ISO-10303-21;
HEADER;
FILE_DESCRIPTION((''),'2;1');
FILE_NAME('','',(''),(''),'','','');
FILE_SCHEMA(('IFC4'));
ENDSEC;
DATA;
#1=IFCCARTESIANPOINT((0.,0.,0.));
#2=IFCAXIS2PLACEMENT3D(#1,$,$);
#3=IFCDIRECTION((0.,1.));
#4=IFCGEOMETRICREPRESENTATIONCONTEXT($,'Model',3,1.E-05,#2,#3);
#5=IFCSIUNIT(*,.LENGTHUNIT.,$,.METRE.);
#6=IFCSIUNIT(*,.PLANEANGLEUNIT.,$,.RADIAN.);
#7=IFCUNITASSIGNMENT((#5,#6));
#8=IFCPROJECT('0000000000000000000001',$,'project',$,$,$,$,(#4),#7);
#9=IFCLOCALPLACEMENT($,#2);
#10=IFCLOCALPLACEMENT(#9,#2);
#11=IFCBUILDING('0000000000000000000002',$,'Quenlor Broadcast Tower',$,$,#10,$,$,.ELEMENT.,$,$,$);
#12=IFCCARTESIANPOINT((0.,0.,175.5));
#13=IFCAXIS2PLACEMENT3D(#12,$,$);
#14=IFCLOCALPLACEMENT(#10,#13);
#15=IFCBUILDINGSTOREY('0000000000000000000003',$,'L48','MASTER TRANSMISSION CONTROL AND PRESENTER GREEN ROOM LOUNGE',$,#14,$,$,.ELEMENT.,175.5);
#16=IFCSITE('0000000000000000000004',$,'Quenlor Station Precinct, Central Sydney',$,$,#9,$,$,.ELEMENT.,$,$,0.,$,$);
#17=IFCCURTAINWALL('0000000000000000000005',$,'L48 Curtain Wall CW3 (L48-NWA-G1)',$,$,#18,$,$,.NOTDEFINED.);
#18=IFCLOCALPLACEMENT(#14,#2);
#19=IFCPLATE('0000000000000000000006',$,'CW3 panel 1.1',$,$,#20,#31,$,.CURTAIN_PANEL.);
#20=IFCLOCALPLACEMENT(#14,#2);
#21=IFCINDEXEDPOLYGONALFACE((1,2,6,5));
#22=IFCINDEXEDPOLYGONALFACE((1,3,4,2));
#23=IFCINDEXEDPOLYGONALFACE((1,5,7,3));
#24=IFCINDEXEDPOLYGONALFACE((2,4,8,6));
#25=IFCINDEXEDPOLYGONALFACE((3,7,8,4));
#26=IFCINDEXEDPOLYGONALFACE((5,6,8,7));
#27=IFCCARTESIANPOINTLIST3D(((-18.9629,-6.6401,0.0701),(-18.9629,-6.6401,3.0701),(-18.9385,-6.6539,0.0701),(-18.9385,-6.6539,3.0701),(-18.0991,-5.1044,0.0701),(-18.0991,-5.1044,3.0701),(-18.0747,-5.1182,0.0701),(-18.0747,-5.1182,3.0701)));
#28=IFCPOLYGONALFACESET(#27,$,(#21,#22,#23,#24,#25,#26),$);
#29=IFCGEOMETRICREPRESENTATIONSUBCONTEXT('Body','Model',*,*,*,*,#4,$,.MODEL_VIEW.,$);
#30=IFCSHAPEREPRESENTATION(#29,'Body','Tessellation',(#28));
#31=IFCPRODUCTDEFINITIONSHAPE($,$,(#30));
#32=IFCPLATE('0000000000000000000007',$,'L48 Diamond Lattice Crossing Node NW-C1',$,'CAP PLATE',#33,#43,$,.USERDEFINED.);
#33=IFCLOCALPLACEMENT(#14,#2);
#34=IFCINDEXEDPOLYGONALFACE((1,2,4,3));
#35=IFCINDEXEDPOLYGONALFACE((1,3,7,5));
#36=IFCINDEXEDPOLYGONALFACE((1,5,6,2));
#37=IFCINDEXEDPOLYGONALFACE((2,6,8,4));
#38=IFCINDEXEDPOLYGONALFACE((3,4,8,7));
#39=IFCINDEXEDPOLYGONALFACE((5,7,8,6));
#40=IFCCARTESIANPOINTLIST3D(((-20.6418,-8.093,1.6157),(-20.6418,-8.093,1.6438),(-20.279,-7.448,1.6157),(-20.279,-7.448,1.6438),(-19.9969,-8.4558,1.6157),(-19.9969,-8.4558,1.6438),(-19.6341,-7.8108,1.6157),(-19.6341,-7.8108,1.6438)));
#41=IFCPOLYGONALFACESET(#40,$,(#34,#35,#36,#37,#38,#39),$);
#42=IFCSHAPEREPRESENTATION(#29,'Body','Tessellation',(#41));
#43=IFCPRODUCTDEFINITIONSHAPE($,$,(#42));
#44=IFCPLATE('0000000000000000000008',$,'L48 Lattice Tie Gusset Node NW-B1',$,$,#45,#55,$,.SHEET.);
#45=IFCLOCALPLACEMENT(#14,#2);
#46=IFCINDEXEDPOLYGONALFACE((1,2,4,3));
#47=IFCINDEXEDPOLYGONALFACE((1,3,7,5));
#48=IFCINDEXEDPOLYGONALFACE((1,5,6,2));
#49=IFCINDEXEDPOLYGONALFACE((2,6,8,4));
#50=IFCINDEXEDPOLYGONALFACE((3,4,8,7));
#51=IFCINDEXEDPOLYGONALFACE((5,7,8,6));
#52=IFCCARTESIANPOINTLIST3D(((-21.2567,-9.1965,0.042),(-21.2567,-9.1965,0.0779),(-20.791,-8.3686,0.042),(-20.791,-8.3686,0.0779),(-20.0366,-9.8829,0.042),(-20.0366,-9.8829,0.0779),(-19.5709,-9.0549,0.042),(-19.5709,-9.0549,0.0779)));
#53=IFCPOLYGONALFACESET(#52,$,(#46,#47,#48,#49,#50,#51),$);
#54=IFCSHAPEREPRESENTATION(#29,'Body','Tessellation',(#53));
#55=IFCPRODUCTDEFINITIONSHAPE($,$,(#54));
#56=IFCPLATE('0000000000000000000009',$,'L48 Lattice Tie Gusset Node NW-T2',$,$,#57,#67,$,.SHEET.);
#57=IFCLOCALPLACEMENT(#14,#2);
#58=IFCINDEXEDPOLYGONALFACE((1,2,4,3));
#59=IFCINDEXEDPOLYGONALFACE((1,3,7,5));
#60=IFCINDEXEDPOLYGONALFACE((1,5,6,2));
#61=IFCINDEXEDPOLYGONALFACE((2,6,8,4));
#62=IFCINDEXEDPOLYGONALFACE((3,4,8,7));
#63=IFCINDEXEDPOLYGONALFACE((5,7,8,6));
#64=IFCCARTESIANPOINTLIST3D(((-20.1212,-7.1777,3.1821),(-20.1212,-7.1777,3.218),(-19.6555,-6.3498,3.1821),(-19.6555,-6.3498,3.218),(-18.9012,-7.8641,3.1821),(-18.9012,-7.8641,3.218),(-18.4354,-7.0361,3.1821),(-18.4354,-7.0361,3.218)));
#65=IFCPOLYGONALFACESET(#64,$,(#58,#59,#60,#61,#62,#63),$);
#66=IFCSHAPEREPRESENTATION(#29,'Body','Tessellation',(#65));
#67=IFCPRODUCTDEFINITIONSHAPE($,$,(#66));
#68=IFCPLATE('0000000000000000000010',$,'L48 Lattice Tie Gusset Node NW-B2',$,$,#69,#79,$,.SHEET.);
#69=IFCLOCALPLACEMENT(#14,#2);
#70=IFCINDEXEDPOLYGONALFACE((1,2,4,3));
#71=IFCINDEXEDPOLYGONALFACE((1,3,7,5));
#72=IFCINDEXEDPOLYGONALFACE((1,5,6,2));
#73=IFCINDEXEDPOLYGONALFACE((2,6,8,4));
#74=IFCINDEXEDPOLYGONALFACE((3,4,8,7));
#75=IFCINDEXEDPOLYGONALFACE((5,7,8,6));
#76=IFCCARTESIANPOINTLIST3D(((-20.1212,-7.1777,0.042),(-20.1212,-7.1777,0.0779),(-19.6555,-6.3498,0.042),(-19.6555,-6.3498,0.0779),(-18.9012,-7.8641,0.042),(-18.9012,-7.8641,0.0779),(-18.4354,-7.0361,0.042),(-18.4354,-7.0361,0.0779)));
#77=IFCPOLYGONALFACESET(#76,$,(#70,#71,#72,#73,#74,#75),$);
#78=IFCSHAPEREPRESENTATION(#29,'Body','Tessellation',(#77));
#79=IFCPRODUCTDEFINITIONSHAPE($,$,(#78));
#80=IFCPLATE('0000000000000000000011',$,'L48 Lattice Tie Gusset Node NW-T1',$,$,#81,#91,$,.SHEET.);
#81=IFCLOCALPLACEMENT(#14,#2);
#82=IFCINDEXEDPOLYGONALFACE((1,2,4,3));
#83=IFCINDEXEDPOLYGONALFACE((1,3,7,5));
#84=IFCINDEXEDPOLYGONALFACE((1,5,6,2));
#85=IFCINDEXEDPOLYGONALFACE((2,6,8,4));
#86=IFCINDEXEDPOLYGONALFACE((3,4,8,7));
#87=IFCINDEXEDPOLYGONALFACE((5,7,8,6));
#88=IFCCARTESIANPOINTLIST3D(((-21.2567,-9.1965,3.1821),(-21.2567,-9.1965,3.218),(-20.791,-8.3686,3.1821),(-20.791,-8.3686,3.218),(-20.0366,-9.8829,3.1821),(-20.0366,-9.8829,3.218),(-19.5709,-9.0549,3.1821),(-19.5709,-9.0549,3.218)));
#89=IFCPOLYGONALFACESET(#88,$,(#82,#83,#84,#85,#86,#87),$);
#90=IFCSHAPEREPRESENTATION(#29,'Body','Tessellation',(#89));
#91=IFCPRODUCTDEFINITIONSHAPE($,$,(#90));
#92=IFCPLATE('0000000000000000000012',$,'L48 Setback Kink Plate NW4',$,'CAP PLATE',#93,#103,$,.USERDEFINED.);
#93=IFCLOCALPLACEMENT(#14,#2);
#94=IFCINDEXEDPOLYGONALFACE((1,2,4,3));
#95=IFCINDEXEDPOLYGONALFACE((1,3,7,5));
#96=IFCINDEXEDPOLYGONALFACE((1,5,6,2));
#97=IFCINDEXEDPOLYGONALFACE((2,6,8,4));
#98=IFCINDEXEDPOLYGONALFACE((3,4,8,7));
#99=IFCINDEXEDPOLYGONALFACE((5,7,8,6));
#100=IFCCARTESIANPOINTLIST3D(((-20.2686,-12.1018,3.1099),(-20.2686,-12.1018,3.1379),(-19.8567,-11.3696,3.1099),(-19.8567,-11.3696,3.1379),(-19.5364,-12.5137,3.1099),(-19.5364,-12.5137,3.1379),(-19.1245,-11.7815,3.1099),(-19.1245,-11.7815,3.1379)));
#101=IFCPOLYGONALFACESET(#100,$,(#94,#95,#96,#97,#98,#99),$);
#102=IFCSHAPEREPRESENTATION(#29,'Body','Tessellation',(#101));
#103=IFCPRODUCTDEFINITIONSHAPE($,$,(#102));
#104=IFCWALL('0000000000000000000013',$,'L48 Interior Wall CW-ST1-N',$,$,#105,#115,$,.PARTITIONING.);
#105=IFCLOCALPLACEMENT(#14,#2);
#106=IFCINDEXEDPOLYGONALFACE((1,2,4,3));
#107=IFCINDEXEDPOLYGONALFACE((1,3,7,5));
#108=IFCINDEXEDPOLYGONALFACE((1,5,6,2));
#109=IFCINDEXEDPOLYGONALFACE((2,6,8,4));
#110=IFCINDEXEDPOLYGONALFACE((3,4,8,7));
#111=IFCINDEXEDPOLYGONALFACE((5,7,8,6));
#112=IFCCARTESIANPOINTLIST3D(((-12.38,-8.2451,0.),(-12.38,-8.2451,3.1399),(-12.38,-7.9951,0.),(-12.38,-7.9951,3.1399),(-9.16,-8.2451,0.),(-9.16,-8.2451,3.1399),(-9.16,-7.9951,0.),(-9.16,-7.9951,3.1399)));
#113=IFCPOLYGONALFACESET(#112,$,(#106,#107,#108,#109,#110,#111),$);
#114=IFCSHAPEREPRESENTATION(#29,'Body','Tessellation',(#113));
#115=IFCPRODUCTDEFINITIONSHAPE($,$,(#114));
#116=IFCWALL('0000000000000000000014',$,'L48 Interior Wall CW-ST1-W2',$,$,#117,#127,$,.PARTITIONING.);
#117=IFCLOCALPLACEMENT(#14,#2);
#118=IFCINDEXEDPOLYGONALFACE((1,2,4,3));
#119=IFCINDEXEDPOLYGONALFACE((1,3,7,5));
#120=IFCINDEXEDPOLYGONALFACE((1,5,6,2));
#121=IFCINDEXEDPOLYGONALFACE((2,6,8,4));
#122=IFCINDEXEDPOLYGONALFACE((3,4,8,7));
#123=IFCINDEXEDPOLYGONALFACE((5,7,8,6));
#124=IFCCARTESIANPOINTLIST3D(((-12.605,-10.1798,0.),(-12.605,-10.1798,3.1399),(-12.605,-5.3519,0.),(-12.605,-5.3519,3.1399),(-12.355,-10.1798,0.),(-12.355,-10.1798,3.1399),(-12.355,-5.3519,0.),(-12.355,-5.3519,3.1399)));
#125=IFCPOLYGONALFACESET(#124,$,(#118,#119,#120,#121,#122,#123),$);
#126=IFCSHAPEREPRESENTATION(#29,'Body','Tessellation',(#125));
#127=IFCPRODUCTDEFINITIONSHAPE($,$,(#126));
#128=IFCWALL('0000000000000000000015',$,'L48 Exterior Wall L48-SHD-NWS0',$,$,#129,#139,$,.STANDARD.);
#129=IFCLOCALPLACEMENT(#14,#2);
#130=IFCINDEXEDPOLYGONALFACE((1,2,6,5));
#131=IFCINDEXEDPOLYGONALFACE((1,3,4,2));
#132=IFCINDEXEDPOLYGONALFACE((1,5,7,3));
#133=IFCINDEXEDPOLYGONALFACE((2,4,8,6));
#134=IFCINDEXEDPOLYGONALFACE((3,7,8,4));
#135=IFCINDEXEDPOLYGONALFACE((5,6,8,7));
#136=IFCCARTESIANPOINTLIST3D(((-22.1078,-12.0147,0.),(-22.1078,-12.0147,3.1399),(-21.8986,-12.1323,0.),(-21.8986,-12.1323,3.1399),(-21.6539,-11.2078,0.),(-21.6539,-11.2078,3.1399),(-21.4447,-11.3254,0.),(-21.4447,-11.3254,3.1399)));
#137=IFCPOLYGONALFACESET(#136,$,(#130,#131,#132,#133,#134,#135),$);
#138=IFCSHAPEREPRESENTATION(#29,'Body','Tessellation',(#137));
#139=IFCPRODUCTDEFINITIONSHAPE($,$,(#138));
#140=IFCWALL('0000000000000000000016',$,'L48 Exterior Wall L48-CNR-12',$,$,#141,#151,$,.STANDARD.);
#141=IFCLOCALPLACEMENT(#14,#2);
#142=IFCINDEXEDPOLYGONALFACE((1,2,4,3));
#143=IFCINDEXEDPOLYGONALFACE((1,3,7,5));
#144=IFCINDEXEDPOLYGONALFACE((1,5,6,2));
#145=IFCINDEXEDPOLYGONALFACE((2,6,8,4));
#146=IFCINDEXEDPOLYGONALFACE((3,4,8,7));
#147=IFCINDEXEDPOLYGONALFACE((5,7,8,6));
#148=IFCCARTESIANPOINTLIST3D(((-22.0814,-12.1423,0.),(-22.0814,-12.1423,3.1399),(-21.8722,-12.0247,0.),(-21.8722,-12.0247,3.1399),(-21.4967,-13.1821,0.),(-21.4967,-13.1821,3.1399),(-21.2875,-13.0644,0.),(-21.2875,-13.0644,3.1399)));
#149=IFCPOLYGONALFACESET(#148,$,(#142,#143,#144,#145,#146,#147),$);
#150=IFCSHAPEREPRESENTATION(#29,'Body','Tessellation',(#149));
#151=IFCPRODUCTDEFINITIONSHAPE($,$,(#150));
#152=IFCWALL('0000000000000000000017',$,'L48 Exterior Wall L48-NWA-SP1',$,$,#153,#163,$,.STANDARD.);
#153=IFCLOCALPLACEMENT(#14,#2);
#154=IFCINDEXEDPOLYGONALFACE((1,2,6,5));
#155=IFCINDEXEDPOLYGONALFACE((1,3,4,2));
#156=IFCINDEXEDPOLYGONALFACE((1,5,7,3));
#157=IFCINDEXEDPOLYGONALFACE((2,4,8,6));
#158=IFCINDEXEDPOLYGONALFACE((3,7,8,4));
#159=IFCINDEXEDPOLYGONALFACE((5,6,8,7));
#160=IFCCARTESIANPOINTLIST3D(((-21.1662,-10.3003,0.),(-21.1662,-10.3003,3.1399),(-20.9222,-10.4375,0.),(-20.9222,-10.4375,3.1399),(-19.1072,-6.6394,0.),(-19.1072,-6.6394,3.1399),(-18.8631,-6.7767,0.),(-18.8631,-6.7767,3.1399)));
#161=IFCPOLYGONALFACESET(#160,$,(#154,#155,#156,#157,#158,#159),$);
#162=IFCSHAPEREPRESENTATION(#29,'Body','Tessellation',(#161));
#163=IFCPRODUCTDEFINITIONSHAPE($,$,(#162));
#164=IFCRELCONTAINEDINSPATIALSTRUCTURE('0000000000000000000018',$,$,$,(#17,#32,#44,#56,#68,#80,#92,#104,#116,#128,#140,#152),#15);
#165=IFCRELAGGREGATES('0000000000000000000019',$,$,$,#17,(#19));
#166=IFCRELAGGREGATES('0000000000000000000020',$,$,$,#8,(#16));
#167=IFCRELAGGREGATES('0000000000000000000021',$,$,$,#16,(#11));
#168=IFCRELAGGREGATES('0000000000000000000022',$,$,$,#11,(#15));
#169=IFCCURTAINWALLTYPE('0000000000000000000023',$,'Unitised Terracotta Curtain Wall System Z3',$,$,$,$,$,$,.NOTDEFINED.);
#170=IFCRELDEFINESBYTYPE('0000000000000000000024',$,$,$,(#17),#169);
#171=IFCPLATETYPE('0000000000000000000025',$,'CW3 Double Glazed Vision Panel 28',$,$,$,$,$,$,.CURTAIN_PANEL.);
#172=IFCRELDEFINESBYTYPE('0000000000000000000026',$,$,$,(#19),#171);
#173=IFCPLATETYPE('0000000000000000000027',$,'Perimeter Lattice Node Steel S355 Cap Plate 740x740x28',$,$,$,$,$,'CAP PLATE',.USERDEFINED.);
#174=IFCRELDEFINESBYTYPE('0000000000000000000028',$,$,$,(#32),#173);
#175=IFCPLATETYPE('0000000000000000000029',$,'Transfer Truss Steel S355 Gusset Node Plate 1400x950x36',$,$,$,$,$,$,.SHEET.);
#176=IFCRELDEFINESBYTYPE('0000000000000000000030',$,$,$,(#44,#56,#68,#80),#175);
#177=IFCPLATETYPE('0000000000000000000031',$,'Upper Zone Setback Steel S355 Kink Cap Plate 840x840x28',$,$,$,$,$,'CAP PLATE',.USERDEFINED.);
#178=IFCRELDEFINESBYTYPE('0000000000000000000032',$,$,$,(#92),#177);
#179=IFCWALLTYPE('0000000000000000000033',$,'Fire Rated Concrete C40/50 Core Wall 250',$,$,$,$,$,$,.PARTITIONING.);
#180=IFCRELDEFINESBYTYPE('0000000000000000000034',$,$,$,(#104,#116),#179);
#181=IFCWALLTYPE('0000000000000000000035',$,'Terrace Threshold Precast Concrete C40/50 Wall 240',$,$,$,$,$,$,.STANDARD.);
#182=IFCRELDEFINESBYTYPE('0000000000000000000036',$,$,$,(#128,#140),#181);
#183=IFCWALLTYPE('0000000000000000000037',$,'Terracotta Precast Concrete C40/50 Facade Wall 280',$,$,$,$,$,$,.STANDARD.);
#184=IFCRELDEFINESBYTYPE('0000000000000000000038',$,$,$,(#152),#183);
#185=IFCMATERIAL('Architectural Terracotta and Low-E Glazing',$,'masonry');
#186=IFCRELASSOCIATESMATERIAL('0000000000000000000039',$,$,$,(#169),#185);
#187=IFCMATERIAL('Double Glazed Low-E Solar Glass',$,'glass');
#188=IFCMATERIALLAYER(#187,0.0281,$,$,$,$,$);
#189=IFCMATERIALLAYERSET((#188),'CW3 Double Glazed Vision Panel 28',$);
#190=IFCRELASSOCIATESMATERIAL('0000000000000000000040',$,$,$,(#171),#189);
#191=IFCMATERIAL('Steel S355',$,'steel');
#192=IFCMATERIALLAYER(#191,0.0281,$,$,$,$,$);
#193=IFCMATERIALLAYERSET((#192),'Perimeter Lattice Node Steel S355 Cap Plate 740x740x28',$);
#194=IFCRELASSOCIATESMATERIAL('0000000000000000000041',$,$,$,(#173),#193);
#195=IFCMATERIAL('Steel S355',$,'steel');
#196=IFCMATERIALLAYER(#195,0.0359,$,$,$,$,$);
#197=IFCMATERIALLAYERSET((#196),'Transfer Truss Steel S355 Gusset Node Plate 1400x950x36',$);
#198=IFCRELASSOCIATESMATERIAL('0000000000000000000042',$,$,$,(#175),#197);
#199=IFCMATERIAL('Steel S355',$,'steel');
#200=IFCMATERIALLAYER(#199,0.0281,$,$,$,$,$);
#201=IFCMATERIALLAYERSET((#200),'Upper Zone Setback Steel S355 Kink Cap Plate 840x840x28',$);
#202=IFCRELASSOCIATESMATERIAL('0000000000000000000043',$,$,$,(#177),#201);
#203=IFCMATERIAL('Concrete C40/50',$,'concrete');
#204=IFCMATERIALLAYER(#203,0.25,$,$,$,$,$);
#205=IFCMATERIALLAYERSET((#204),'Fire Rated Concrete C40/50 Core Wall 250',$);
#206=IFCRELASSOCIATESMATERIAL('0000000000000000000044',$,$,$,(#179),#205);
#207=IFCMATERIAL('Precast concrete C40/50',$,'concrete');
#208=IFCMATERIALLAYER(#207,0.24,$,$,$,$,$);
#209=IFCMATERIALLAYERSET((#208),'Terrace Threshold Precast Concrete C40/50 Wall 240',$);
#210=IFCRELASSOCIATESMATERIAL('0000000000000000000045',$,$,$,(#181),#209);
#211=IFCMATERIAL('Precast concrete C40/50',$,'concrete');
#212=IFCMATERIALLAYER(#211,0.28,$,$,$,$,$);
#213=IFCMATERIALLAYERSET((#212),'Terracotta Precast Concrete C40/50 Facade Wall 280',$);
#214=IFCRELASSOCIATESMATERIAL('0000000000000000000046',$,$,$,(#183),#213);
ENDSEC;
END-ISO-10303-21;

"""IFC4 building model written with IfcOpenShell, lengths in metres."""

from ifc_helpers import new_model, si_unit, direction, frame, frame_2d, origin, origin_2d, place, context, subcontext, project, spatial, rectangle, extrude, material, layer, layer_set, type_object, element, aggregate, save


model = new_model("IFC4")

# Units and contexts
model_context = context("Model", 3, precision=1e-05, world=origin(), true_north=direction((0.0, 1.0)))
body_context = subcontext(model_context, "Body", "Model", "MODEL_VIEW")
ifc_project = project(units=[si_unit("LENGTHUNIT", "METRE"), si_unit("PLANEANGLEUNIT", "RADIAN")], contexts=[model_context])

# Site, building, storey
site_placement = place(None, origin())
site = spatial("IfcSite", under=ifc_project, at=site_placement, Name="Quenlor Station Precinct, Central Sydney", CompositionType="ELEMENT", RefElevation=0.0)
building_placement = place(site_placement, origin())
building = spatial("IfcBuilding", under=site, at=building_placement, Name="Quenlor Broadcast Tower", CompositionType="ELEMENT")
storey_placement = place(building_placement, frame((0.0, 0.0, 175.5)))
storey = spatial("IfcBuildingStorey", under=building, at=storey_placement, Name="L48", Description="MASTER TRANSMISSION CONTROL AND PRESENTER GREEN ROOM LOUNGE", CompositionType="ELEMENT", Elevation=175.5)

# Curtain wall
ifc_material_1 = material(Name="Architectural Terracotta and Low-E Glazing", Category="masonry")
curtain_wall_type = type_object("IfcCurtainWallType", Name="Unitised Terracotta Curtain Wall System Z3", PredefinedType="NOTDEFINED", material=ifc_material_1)
curtain_wall_placement = place(storey_placement, origin())
curtain_wall = element("IfcCurtainWall", 1, at=curtain_wall_placement, inside=storey, type_object=curtain_wall_type, Name="L48 Curtain Wall CW3 (L48-NWA-G1)", PredefinedType="NOTDEFINED")

# Plate
ifc_material_2 = material(Name="Double Glazed Low-E Solar Glass", Category="glass")
ifc_layer_1 = layer(ifc_material_2, 0.0281)
ifc_layer_set_1 = layer_set([ifc_layer_1], Name="CW3 Double Glazed Vision Panel 28")
plate_type_1 = type_object("IfcPlateType", Name="CW3 Double Glazed Vision Panel 28", PredefinedType="CURTAIN_PANEL", material=ifc_layer_set_1)
plate_1_placement = place(storey_placement, frame((-18.5188, -5.8792, 0.0701), z_axis=(0.0, 0.0, 1.0), x_axis=(0.490259, 0.871577, 0.0)))
plate_1 = element("IfcPlate", 2, at=plate_1_placement, type_object=plate_type_1, Name="CW3 panel 1.1", PredefinedType="CURTAIN_PANEL", context=body_context, shape_type="SweptSolid", body=[
    extrude(rectangle(XDim=1.762, YDim=0.0281, at=origin_2d()), origin(), (0.0, 0.0, 1.0), 3.0),
])
aggregate(curtain_wall, [plate_1])

# Plates
ifc_material_3 = material(Name="Steel S355", Category="steel")
ifc_layer_2 = layer(ifc_material_3, 0.0281)
ifc_layer_set_2 = layer_set([ifc_layer_2], Name="Perimeter Lattice Node Steel S355 Cap Plate 740x740x28")
plate_type_2 = type_object("IfcPlateType", Name="Perimeter Lattice Node Steel S355 Cap Plate 740x740x28", ElementType="CAP PLATE", PredefinedType="USERDEFINED", material=ifc_layer_set_2)
plate_2_placement = place(storey_placement, frame((-20.1379, -7.9519, 1.6157), z_axis=(0.0, 0.0, 1.0), x_axis=(0.490295, 0.871556, 0.0)))
element("IfcPlate", 3, at=plate_2_placement, inside=storey, type_object=plate_type_2, Name="L48 Diamond Lattice Crossing Node NW-C1", ObjectType="CAP PLATE", PredefinedType="USERDEFINED", context=body_context, shape_type="SweptSolid", body=[
    extrude(rectangle(XDim=0.74, YDim=0.74, at=origin_2d()), origin(), (0.0, 0.0, 1.0), 0.0281),
])
ifc_material_4 = material(Name="Steel S355", Category="steel")
ifc_layer_3 = layer(ifc_material_4, 0.0359)
ifc_layer_set_3 = layer_set([ifc_layer_3], Name="Transfer Truss Steel S355 Gusset Node Plate 1400x950x36")
plate_type_3 = type_object("IfcPlateType", Name="Transfer Truss Steel S355 Gusset Node Plate 1400x950x36", PredefinedType="SHEET", material=ifc_layer_set_3)
for number, where, z_axis, x_axis, name in (
    (4, (-20.4138, -9.1257, 0.042), (0.0, 0.0, 1.0), (-0.871556, 0.490295, 0.0), "L48 Lattice Tie Gusset Node NW-B1"),
    (5, (-19.2783, -7.1069, 3.1821), (0.0, 0.0, 1.0), (-0.871556, 0.490295, 0.0), "L48 Lattice Tie Gusset Node NW-T2"),
    (6, (-19.2783, -7.1069, 0.042), (0.0, 0.0, 1.0), (-0.871556, 0.490295, 0.0), "L48 Lattice Tie Gusset Node NW-B2"),
    (7, (-20.4138, -9.1257, 3.1821), (0.0, 0.0, 1.0), (-0.871556, 0.490295, 0.0), "L48 Lattice Tie Gusset Node NW-T1"),
):
    element("IfcPlate", number, at=place(storey_placement, frame(where, z_axis=z_axis, x_axis=x_axis)), inside=storey, type_object=plate_type_3, Name=name, PredefinedType="SHEET", context=body_context, shape_type="SweptSolid", body=[
        extrude(rectangle(XDim=1.3999, YDim=0.95, at=origin_2d()), origin(), (0.0, 0.0, 1.0), 0.0359),
    ])
ifc_material_5 = material(Name="Steel S355", Category="steel")
ifc_layer_4 = layer(ifc_material_5, 0.0281)
ifc_layer_set_4 = layer_set([ifc_layer_4], Name="Upper Zone Setback Steel S355 Kink Cap Plate 840x840x28")
plate_type_4 = type_object("IfcPlateType", Name="Upper Zone Setback Steel S355 Kink Cap Plate 840x840x28", ElementType="CAP PLATE", PredefinedType="USERDEFINED", material=ifc_layer_set_4)
plate_3_placement = place(storey_placement, frame((-19.6965, -11.9417, 3.1099), z_axis=(0.0, 0.0, 1.0), x_axis=(-0.871575, 0.490262, 0.0)))
element("IfcPlate", 8, at=plate_3_placement, inside=storey, type_object=plate_type_4, Name="L48 Setback Kink Plate NW4", ObjectType="CAP PLATE", PredefinedType="USERDEFINED", context=body_context, shape_type="SweptSolid", body=[
    extrude(rectangle(XDim=0.8401, YDim=0.8401, at=origin_2d()), origin(), (0.0, 0.0, 1.0), 0.0281),
])

# Walls
ifc_material_6 = material(Name="Concrete C40/50", Category="concrete")
ifc_layer_5 = layer(ifc_material_6, 0.25)
ifc_layer_set_5 = layer_set([ifc_layer_5], Name="Fire Rated Concrete C40/50 Core Wall 250")
wall_type_1 = type_object("IfcWallType", Name="Fire Rated Concrete C40/50 Core Wall 250", PredefinedType="PARTITIONING", material=ifc_layer_set_5)
wall_1_placement = place(storey_placement, frame((-12.3799, -8.1201, 0.0), z_axis=(0.0, 0.0, 1.0), x_axis=(1.0, 0.0, 0.0)))
element("IfcWall", 9, at=wall_1_placement, inside=storey, type_object=wall_type_1, Name="L48 Interior Wall CW-ST1-N", PredefinedType="PARTITIONING", context=body_context, shape_type="SweptSolid", body=[
    extrude(rectangle(XDim=3.22, YDim=0.25, at=frame_2d((1.6099, 0.0))), origin(), (0.0, 0.0, 1.0), 3.1399),
])
wall_2_placement = place(storey_placement, frame((-12.48, -10.1799, 0.0), z_axis=(0.0, 0.0, 1.0), x_axis=(0.0, 1.0, 0.0)))
element("IfcWall", 10, at=wall_2_placement, inside=storey, type_object=wall_type_1, Name="L48 Interior Wall CW-ST1-W2", PredefinedType="PARTITIONING", context=body_context, shape_type="SweptSolid", body=[
    extrude(rectangle(XDim=4.8279, YDim=0.25, at=frame_2d((2.4141, 0.0))), origin(), (0.0, 0.0, 1.0), 3.1399),
])

# Walls
ifc_material_7 = material(Name="Precast concrete C40/50", Category="concrete")
ifc_layer_6 = layer(ifc_material_7, 0.24)
ifc_layer_set_6 = layer_set([ifc_layer_6], Name="Terrace Threshold Precast Concrete C40/50 Wall 240")
wall_type_2 = type_object("IfcWallType", Name="Terrace Threshold Precast Concrete C40/50 Wall 240", PredefinedType="STANDARD", material=ifc_layer_set_6)
wall_3_placement = place(storey_placement, frame((-22.0032, -12.0735, 0.0), z_axis=(0.0, 0.0, 1.0), x_axis=(0.490249, 0.871583, 0.0)))
element("IfcWall", 11, at=wall_3_placement, inside=storey, type_object=wall_type_2, Name="L48 Exterior Wall L48-SHD-NWS0", PredefinedType="STANDARD", context=body_context, shape_type="SweptSolid", body=[
    extrude(rectangle(XDim=0.9258, YDim=0.24, at=frame_2d((0.4629, 0.0))), origin(), (0.0, 0.0, 1.0), 3.1399),
])
wall_4_placement = place(storey_placement, frame((-21.9768, -12.0835, 0.0), z_axis=(0.0, 0.0, 1.0), x_axis=(0.490154, -0.871636, 0.0)))
element("IfcWall", 12, at=wall_4_placement, inside=storey, type_object=wall_type_2, Name="L48 Exterior Wall L48-CNR-12", PredefinedType="STANDARD", context=body_context, shape_type="SweptSolid", body=[
    extrude(rectangle(XDim=1.1929, YDim=0.24, at=frame_2d((0.5964, 0.0))), origin(), (0.0, 0.0, 1.0), 3.1399),
])
ifc_material_8 = material(Name="Precast concrete C40/50", Category="concrete")
ifc_layer_7 = layer(ifc_material_8, 0.28)
ifc_layer_set_7 = layer_set([ifc_layer_7], Name="Terracotta Precast Concrete C40/50 Facade Wall 280")
wall_type_3 = type_object("IfcWallType", Name="Terracotta Precast Concrete C40/50 Facade Wall 280", PredefinedType="STANDARD", material=ifc_layer_set_7)
wall_5_placement = place(storey_placement, frame((-21.0442, -10.3689, 0.0), z_axis=(0.0, 0.0, 1.0), x_axis=(0.490231, 0.871593, 0.0)))
element("IfcWall", 13, at=wall_5_placement, inside=storey, type_object=wall_type_3, Name="L48 Exterior Wall L48-NWA-SP1", PredefinedType="STANDARD", context=body_context, shape_type="SweptSolid", body=[
    extrude(rectangle(XDim=4.2002, YDim=0.28, at=frame_2d((2.1001, 0.0))), origin(), (0.0, 0.0, 1.0), 3.1399),
])

save(model, "model.ifc")
